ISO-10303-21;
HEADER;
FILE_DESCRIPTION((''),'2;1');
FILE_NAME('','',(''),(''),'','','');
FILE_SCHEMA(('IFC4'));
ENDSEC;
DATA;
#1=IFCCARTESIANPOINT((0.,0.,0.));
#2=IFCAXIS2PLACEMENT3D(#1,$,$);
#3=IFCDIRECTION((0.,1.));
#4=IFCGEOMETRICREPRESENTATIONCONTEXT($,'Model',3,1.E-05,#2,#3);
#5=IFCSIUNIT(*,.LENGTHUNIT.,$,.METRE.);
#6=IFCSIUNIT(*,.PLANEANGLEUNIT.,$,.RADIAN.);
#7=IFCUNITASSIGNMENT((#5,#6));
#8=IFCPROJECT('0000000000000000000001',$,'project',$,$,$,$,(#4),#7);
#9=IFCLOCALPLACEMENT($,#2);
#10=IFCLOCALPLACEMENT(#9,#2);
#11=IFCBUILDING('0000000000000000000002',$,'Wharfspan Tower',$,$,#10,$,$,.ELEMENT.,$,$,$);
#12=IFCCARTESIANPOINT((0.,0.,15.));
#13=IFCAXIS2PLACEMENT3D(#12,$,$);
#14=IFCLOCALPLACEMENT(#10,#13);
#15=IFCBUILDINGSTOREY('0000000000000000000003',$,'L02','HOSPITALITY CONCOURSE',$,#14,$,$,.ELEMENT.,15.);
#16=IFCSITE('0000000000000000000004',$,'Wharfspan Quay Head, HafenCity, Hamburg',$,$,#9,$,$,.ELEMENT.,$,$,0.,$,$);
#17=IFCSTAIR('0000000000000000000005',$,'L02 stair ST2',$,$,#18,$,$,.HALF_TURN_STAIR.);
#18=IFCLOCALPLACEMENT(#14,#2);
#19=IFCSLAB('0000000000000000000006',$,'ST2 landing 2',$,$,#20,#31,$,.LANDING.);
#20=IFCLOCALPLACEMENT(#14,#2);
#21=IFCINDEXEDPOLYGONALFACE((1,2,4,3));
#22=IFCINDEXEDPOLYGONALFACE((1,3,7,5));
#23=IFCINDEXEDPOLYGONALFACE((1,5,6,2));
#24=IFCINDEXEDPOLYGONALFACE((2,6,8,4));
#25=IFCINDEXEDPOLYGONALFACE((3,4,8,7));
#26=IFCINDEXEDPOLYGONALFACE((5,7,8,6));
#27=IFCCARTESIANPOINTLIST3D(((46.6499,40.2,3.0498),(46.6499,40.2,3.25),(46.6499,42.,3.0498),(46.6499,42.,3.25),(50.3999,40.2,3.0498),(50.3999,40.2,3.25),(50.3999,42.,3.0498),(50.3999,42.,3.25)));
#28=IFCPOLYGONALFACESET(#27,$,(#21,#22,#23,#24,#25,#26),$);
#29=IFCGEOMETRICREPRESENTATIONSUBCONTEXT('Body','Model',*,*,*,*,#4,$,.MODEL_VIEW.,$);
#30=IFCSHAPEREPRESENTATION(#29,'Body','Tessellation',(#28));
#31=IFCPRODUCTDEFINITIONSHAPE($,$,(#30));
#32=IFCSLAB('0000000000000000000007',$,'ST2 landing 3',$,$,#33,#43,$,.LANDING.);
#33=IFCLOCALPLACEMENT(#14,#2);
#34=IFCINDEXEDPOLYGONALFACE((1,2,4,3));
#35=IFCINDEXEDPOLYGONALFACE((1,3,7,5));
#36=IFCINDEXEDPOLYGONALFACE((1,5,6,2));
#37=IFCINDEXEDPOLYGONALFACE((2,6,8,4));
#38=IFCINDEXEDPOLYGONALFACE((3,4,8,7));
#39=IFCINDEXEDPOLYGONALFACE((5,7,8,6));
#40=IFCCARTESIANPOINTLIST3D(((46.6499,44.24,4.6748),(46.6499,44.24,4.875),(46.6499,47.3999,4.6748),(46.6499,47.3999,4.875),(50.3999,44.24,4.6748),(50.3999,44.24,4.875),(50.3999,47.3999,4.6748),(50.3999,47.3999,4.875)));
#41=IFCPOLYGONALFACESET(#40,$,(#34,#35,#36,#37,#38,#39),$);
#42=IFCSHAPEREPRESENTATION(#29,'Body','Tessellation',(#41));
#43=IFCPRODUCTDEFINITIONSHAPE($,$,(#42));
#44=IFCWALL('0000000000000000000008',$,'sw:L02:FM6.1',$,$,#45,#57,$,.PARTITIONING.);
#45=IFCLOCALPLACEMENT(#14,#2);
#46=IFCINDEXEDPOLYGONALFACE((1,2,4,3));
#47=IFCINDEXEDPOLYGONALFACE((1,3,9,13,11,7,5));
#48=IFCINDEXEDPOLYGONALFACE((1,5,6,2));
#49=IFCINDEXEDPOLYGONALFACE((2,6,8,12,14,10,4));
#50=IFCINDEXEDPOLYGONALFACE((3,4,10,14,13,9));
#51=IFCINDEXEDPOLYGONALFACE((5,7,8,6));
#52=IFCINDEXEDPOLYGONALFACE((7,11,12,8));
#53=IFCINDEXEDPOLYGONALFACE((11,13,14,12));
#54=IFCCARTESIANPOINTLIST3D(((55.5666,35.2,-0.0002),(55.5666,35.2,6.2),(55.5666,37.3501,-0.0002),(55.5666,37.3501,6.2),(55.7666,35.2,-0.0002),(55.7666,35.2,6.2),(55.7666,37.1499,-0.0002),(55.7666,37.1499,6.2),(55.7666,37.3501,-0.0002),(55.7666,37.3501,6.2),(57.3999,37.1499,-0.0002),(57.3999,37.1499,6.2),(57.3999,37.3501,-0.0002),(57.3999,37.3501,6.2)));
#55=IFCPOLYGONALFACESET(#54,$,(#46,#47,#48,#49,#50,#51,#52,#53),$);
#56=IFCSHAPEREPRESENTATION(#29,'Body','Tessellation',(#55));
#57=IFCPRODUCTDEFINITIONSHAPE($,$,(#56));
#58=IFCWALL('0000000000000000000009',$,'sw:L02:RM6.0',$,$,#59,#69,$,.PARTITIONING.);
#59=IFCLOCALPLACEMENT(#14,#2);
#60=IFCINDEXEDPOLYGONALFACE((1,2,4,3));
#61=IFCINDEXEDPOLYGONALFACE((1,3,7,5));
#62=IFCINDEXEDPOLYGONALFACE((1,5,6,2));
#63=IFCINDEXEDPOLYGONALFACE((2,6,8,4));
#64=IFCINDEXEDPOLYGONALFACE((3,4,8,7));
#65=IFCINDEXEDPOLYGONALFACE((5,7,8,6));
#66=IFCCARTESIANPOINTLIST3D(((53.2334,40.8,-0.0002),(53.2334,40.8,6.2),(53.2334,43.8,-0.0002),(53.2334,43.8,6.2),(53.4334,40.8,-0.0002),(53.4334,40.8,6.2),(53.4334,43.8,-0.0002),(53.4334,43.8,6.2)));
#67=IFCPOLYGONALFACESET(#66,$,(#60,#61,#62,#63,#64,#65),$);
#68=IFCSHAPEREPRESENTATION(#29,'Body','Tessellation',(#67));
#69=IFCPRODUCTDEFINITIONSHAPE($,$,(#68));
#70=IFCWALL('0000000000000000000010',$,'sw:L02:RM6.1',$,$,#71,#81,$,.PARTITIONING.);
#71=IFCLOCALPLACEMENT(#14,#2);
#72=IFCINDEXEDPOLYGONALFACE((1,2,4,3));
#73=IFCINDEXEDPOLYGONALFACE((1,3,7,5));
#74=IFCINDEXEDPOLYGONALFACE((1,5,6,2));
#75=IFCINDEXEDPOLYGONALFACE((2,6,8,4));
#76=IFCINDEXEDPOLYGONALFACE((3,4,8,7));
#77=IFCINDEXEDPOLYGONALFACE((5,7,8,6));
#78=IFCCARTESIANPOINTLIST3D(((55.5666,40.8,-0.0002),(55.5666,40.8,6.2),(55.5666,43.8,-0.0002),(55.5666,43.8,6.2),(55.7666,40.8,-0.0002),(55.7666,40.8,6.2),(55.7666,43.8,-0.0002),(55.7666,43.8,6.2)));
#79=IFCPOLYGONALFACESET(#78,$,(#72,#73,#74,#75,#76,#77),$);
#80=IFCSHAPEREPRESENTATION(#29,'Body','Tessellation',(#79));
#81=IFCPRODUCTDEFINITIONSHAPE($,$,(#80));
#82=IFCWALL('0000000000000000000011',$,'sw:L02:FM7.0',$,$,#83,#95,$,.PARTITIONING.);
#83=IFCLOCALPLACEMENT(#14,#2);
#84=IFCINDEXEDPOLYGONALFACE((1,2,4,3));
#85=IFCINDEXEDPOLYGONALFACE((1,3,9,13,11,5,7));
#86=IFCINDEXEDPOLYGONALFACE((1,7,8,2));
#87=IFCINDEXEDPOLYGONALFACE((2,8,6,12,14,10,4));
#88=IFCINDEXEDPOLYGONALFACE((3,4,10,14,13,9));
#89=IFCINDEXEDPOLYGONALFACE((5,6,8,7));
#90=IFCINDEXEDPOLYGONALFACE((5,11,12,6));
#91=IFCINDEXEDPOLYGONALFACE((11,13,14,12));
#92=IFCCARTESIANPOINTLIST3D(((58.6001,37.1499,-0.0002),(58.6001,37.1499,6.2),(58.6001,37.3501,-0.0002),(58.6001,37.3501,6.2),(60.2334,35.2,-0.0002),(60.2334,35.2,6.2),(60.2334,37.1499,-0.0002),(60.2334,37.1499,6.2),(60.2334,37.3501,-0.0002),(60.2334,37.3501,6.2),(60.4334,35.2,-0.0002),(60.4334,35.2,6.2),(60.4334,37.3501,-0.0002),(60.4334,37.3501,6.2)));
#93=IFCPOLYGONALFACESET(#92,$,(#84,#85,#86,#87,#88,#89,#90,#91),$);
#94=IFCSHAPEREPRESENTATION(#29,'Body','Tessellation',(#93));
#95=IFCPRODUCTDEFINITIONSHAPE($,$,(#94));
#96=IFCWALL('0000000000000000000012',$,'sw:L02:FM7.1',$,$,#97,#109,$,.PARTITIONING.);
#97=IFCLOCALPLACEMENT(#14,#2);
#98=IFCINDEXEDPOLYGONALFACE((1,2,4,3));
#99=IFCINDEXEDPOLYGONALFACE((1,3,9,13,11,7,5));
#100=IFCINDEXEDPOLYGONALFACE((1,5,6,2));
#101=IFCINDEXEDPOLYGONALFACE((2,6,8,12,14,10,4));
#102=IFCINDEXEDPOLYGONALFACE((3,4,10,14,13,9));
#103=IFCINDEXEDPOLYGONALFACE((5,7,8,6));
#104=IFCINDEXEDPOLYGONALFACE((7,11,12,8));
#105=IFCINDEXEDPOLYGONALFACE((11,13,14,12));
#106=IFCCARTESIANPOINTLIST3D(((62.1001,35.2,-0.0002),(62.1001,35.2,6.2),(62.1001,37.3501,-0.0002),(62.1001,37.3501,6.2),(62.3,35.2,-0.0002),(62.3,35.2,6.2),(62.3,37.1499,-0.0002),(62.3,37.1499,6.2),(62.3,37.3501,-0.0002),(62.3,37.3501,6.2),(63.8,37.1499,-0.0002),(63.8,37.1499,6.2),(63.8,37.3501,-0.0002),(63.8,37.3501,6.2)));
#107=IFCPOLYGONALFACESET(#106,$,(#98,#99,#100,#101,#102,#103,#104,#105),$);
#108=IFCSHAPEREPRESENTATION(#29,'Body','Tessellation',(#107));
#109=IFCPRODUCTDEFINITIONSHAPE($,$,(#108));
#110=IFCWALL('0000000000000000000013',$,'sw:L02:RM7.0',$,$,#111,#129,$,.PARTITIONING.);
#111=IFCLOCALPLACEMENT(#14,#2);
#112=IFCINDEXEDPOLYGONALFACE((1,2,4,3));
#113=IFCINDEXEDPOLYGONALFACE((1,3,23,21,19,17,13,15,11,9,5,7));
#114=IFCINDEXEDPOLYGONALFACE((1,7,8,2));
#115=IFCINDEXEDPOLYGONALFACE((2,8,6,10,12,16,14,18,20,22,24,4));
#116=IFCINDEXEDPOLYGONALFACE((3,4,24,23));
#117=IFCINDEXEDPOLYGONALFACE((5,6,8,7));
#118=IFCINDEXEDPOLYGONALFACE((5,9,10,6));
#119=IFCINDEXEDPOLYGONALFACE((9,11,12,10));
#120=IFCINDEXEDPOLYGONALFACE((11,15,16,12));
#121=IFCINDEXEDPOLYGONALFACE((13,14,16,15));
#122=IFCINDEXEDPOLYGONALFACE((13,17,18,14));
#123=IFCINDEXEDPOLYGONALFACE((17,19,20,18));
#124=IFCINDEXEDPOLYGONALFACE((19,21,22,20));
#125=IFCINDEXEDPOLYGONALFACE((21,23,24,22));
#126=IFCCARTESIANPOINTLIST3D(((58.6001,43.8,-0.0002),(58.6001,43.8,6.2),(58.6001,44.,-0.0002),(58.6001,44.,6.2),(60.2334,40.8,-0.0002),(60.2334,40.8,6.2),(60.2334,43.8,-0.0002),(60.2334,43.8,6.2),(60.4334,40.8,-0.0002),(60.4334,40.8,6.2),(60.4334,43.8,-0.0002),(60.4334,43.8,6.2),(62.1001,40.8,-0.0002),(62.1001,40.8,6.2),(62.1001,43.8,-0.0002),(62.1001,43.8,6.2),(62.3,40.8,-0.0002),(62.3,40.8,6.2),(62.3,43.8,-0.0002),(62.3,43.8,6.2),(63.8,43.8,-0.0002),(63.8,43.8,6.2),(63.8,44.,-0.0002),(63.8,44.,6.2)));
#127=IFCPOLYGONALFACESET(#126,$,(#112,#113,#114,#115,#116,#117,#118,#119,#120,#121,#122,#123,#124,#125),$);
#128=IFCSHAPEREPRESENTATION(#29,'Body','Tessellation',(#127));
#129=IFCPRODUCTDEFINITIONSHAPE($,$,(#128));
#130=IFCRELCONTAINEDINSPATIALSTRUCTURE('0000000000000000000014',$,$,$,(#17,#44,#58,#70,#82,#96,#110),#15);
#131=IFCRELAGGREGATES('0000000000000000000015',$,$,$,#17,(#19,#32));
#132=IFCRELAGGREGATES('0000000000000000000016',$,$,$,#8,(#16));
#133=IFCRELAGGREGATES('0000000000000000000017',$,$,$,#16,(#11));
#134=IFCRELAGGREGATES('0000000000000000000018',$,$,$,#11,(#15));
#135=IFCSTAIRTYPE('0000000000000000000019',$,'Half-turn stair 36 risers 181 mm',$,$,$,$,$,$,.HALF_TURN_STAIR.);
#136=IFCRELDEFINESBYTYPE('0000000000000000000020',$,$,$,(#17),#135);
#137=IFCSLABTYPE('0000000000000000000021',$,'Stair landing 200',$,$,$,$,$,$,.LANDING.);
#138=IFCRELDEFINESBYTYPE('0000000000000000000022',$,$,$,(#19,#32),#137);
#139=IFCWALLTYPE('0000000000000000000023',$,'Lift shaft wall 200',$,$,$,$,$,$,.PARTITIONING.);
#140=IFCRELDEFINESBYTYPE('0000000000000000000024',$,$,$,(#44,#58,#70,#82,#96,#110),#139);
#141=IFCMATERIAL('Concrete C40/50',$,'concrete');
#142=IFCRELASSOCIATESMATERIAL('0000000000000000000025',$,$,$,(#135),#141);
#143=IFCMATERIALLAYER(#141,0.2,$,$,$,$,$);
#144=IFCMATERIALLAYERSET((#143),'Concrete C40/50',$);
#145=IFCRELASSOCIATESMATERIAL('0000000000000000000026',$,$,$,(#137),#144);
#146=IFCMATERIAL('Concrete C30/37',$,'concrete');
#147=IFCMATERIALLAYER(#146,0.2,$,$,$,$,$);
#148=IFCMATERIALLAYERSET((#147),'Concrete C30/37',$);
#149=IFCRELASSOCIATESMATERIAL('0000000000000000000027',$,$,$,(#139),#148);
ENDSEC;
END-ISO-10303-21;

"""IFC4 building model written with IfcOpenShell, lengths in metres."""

from ifc_helpers import new_model, si_unit, direction, frame, origin, place, context, subcontext, project, spatial, polyline, outline, extrude, material, layer, layer_set, type_object, element, aggregate, save


model = new_model("IFC4")

# Units and contexts
model_context = context("Model", 3, precision=1e-05, world=origin(), true_north=direction((0.0, 1.0)))
body_context = subcontext(model_context, "Body", "Model", "MODEL_VIEW")
ifc_project = project(units=[si_unit("LENGTHUNIT", "METRE"), si_unit("PLANEANGLEUNIT", "RADIAN")], contexts=[model_context])

# Site, building, storey
site_placement = place(None, origin())
site = spatial("IfcSite", under=ifc_project, at=site_placement, Name="Wharfspan Quay Head, HafenCity, Hamburg", CompositionType="ELEMENT", RefElevation=0.0)
building_placement = place(site_placement, origin())
building = spatial("IfcBuilding", under=site, at=building_placement, Name="Wharfspan Tower", CompositionType="ELEMENT")
storey_placement = place(building_placement, frame((0.0, 0.0, 15.0)))
storey = spatial("IfcBuildingStorey", under=building, at=storey_placement, Name="L02", Description="HOSPITALITY CONCOURSE", CompositionType="ELEMENT", Elevation=15.0)

# Stair, slabs
ifc_material_1 = material(Name="Concrete C40/50", Category="concrete")
stair_type_1 = type_object("IfcStairType", Name="Half-turn stair 36 risers 181 mm", PredefinedType="HALF_TURN_STAIR", material=ifc_material_1)
ifc_layer_1 = layer(ifc_material_1, 0.2)
ifc_layer_set_1 = layer_set([ifc_layer_1], Name="Concrete C40/50")
slab_type_1 = type_object("IfcSlabType", Name="Stair landing 200", PredefinedType="LANDING", material=ifc_layer_set_1)
stair_1_placement = place(storey_placement, origin())
stair_1 = element("IfcStair", 1, at=stair_1_placement, inside=storey, type_object=stair_type_1, Name="L02 stair ST2", PredefinedType="HALF_TURN_STAIR")
slab_1_placement = place(storey_placement, frame((0.0, 0.0, 3.0498)))
slab_1 = element("IfcSlab", 2, at=slab_1_placement, type_object=slab_type_1, Name="ST2 landing 2", PredefinedType="LANDING", context=body_context, shape_type="SweptSolid", body=[
    extrude(outline(polyline([(50.3999, 40.2), (50.3999, 42.0), (46.6499, 42.0), (46.6499, 40.2), (50.3999, 40.2)])), origin(), (0.0, 0.0, 1.0), 0.2002),
])
slab_2_placement = place(storey_placement, frame((0.0, 0.0, 4.6748)))
slab_2 = element("IfcSlab", 3, at=slab_2_placement, type_object=slab_type_1, Name="ST2 landing 3", PredefinedType="LANDING", context=body_context, shape_type="SweptSolid", body=[
    extrude(outline(polyline([(50.3999, 44.24), (50.3999, 47.3999), (46.6499, 47.3999), (46.6499, 44.24), (50.3999, 44.24)])), origin(), (0.0, 0.0, 1.0), 0.2002),
])
aggregate(stair_1, [slab_1, slab_2])

# Walls
ifc_material_2 = material(Name="Concrete C30/37", Category="concrete")
ifc_layer_2 = layer(ifc_material_2, 0.2)
ifc_layer_set_2 = layer_set([ifc_layer_2], Name="Concrete C30/37")
wall_type = type_object("IfcWallType", Name="Lift shaft wall 200", PredefinedType="PARTITIONING", material=ifc_layer_set_2)
wall_1_placement = place(storey_placement, frame((0.0, 0.0, -0.0002)))
element("IfcWall", 4, at=wall_1_placement, inside=storey, type_object=wall_type, Name="sw:L02:FM6.1", PredefinedType="PARTITIONING", context=body_context, shape_type="SweptSolid", body=[
    extrude(outline(polyline([(55.5667, 37.3501), (55.7666, 37.3501), (57.3999, 37.3501), (57.3999, 37.1499), (55.7666, 37.1499), (55.7666, 35.2), (55.5667, 35.2), (55.5667, 37.3501)])), origin(), (0.0, 0.0, 1.0), 6.2002),
])
wall_2_placement = place(storey_placement, frame((0.0, 0.0, -0.0002)))
element("IfcWall", 5, at=wall_2_placement, inside=storey, type_object=wall_type, Name="sw:L02:RM6.0", PredefinedType="PARTITIONING", context=body_context, shape_type="SweptSolid", body=[
    extrude(outline(polyline([(53.2334, 40.8), (53.2334, 43.8), (53.4333, 43.8), (53.4333, 40.8), (53.2334, 40.8)])), origin(), (0.0, 0.0, 1.0), 6.2002),
])
wall_3_placement = place(storey_placement, frame((0.0, 0.0, -0.0002)))
element("IfcWall", 6, at=wall_3_placement, inside=storey, type_object=wall_type, Name="sw:L02:RM6.1", PredefinedType="PARTITIONING", context=body_context, shape_type="SweptSolid", body=[
    extrude(outline(polyline([(55.5667, 40.8), (55.5667, 43.8), (55.7666, 43.8), (55.7666, 40.8), (55.5667, 40.8)])), origin(), (0.0, 0.0, 1.0), 6.2002),
])
wall_4_placement = place(storey_placement, frame((0.0, 0.0, -0.0002)))
element("IfcWall", 7, at=wall_4_placement, inside=storey, type_object=wall_type, Name="sw:L02:FM7.0", PredefinedType="PARTITIONING", context=body_context, shape_type="SweptSolid", body=[
    extrude(outline(polyline([(60.2334, 37.1499), (58.6001, 37.1499), (58.6001, 37.3501), (60.2334, 37.3501), (60.4333, 37.3501), (60.4333, 35.2), (60.2334, 35.2), (60.2334, 37.1499)])), origin(), (0.0, 0.0, 1.0), 6.2002),
])
wall_5_placement = place(storey_placement, frame((0.0, 0.0, -0.0002)))
element("IfcWall", 8, at=wall_5_placement, inside=storey, type_object=wall_type, Name="sw:L02:FM7.1", PredefinedType="PARTITIONING", context=body_context, shape_type="SweptSolid", body=[
    extrude(outline(polyline([(62.1001, 37.3501), (62.3, 37.3501), (63.8, 37.3501), (63.8, 37.1499), (62.3, 37.1499), (62.3, 35.2), (62.1001, 35.2), (62.1001, 37.3501)])), origin(), (0.0, 0.0, 1.0), 6.2002),
])
wall_6_placement = place(storey_placement, frame((0.0, 0.0, -0.0002)))
element("IfcWall", 9, at=wall_6_placement, inside=storey, type_object=wall_type, Name="sw:L02:RM7.0", PredefinedType="PARTITIONING", context=body_context, shape_type="SweptSolid", body=[
    extrude(outline(polyline([(60.4333, 40.8), (60.2334, 40.8), (60.2334, 43.8), (58.6001, 43.8), (58.6001, 44.0), (63.8, 44.0), (63.8, 43.8), (62.3, 43.8), (62.3, 40.8), (62.1001, 40.8), (62.1001, 43.8), (60.4333, 43.8), (60.4333, 40.8)])), origin(), (0.0, 0.0, 1.0), 6.2002),
])

save(model, "model.ifc")
